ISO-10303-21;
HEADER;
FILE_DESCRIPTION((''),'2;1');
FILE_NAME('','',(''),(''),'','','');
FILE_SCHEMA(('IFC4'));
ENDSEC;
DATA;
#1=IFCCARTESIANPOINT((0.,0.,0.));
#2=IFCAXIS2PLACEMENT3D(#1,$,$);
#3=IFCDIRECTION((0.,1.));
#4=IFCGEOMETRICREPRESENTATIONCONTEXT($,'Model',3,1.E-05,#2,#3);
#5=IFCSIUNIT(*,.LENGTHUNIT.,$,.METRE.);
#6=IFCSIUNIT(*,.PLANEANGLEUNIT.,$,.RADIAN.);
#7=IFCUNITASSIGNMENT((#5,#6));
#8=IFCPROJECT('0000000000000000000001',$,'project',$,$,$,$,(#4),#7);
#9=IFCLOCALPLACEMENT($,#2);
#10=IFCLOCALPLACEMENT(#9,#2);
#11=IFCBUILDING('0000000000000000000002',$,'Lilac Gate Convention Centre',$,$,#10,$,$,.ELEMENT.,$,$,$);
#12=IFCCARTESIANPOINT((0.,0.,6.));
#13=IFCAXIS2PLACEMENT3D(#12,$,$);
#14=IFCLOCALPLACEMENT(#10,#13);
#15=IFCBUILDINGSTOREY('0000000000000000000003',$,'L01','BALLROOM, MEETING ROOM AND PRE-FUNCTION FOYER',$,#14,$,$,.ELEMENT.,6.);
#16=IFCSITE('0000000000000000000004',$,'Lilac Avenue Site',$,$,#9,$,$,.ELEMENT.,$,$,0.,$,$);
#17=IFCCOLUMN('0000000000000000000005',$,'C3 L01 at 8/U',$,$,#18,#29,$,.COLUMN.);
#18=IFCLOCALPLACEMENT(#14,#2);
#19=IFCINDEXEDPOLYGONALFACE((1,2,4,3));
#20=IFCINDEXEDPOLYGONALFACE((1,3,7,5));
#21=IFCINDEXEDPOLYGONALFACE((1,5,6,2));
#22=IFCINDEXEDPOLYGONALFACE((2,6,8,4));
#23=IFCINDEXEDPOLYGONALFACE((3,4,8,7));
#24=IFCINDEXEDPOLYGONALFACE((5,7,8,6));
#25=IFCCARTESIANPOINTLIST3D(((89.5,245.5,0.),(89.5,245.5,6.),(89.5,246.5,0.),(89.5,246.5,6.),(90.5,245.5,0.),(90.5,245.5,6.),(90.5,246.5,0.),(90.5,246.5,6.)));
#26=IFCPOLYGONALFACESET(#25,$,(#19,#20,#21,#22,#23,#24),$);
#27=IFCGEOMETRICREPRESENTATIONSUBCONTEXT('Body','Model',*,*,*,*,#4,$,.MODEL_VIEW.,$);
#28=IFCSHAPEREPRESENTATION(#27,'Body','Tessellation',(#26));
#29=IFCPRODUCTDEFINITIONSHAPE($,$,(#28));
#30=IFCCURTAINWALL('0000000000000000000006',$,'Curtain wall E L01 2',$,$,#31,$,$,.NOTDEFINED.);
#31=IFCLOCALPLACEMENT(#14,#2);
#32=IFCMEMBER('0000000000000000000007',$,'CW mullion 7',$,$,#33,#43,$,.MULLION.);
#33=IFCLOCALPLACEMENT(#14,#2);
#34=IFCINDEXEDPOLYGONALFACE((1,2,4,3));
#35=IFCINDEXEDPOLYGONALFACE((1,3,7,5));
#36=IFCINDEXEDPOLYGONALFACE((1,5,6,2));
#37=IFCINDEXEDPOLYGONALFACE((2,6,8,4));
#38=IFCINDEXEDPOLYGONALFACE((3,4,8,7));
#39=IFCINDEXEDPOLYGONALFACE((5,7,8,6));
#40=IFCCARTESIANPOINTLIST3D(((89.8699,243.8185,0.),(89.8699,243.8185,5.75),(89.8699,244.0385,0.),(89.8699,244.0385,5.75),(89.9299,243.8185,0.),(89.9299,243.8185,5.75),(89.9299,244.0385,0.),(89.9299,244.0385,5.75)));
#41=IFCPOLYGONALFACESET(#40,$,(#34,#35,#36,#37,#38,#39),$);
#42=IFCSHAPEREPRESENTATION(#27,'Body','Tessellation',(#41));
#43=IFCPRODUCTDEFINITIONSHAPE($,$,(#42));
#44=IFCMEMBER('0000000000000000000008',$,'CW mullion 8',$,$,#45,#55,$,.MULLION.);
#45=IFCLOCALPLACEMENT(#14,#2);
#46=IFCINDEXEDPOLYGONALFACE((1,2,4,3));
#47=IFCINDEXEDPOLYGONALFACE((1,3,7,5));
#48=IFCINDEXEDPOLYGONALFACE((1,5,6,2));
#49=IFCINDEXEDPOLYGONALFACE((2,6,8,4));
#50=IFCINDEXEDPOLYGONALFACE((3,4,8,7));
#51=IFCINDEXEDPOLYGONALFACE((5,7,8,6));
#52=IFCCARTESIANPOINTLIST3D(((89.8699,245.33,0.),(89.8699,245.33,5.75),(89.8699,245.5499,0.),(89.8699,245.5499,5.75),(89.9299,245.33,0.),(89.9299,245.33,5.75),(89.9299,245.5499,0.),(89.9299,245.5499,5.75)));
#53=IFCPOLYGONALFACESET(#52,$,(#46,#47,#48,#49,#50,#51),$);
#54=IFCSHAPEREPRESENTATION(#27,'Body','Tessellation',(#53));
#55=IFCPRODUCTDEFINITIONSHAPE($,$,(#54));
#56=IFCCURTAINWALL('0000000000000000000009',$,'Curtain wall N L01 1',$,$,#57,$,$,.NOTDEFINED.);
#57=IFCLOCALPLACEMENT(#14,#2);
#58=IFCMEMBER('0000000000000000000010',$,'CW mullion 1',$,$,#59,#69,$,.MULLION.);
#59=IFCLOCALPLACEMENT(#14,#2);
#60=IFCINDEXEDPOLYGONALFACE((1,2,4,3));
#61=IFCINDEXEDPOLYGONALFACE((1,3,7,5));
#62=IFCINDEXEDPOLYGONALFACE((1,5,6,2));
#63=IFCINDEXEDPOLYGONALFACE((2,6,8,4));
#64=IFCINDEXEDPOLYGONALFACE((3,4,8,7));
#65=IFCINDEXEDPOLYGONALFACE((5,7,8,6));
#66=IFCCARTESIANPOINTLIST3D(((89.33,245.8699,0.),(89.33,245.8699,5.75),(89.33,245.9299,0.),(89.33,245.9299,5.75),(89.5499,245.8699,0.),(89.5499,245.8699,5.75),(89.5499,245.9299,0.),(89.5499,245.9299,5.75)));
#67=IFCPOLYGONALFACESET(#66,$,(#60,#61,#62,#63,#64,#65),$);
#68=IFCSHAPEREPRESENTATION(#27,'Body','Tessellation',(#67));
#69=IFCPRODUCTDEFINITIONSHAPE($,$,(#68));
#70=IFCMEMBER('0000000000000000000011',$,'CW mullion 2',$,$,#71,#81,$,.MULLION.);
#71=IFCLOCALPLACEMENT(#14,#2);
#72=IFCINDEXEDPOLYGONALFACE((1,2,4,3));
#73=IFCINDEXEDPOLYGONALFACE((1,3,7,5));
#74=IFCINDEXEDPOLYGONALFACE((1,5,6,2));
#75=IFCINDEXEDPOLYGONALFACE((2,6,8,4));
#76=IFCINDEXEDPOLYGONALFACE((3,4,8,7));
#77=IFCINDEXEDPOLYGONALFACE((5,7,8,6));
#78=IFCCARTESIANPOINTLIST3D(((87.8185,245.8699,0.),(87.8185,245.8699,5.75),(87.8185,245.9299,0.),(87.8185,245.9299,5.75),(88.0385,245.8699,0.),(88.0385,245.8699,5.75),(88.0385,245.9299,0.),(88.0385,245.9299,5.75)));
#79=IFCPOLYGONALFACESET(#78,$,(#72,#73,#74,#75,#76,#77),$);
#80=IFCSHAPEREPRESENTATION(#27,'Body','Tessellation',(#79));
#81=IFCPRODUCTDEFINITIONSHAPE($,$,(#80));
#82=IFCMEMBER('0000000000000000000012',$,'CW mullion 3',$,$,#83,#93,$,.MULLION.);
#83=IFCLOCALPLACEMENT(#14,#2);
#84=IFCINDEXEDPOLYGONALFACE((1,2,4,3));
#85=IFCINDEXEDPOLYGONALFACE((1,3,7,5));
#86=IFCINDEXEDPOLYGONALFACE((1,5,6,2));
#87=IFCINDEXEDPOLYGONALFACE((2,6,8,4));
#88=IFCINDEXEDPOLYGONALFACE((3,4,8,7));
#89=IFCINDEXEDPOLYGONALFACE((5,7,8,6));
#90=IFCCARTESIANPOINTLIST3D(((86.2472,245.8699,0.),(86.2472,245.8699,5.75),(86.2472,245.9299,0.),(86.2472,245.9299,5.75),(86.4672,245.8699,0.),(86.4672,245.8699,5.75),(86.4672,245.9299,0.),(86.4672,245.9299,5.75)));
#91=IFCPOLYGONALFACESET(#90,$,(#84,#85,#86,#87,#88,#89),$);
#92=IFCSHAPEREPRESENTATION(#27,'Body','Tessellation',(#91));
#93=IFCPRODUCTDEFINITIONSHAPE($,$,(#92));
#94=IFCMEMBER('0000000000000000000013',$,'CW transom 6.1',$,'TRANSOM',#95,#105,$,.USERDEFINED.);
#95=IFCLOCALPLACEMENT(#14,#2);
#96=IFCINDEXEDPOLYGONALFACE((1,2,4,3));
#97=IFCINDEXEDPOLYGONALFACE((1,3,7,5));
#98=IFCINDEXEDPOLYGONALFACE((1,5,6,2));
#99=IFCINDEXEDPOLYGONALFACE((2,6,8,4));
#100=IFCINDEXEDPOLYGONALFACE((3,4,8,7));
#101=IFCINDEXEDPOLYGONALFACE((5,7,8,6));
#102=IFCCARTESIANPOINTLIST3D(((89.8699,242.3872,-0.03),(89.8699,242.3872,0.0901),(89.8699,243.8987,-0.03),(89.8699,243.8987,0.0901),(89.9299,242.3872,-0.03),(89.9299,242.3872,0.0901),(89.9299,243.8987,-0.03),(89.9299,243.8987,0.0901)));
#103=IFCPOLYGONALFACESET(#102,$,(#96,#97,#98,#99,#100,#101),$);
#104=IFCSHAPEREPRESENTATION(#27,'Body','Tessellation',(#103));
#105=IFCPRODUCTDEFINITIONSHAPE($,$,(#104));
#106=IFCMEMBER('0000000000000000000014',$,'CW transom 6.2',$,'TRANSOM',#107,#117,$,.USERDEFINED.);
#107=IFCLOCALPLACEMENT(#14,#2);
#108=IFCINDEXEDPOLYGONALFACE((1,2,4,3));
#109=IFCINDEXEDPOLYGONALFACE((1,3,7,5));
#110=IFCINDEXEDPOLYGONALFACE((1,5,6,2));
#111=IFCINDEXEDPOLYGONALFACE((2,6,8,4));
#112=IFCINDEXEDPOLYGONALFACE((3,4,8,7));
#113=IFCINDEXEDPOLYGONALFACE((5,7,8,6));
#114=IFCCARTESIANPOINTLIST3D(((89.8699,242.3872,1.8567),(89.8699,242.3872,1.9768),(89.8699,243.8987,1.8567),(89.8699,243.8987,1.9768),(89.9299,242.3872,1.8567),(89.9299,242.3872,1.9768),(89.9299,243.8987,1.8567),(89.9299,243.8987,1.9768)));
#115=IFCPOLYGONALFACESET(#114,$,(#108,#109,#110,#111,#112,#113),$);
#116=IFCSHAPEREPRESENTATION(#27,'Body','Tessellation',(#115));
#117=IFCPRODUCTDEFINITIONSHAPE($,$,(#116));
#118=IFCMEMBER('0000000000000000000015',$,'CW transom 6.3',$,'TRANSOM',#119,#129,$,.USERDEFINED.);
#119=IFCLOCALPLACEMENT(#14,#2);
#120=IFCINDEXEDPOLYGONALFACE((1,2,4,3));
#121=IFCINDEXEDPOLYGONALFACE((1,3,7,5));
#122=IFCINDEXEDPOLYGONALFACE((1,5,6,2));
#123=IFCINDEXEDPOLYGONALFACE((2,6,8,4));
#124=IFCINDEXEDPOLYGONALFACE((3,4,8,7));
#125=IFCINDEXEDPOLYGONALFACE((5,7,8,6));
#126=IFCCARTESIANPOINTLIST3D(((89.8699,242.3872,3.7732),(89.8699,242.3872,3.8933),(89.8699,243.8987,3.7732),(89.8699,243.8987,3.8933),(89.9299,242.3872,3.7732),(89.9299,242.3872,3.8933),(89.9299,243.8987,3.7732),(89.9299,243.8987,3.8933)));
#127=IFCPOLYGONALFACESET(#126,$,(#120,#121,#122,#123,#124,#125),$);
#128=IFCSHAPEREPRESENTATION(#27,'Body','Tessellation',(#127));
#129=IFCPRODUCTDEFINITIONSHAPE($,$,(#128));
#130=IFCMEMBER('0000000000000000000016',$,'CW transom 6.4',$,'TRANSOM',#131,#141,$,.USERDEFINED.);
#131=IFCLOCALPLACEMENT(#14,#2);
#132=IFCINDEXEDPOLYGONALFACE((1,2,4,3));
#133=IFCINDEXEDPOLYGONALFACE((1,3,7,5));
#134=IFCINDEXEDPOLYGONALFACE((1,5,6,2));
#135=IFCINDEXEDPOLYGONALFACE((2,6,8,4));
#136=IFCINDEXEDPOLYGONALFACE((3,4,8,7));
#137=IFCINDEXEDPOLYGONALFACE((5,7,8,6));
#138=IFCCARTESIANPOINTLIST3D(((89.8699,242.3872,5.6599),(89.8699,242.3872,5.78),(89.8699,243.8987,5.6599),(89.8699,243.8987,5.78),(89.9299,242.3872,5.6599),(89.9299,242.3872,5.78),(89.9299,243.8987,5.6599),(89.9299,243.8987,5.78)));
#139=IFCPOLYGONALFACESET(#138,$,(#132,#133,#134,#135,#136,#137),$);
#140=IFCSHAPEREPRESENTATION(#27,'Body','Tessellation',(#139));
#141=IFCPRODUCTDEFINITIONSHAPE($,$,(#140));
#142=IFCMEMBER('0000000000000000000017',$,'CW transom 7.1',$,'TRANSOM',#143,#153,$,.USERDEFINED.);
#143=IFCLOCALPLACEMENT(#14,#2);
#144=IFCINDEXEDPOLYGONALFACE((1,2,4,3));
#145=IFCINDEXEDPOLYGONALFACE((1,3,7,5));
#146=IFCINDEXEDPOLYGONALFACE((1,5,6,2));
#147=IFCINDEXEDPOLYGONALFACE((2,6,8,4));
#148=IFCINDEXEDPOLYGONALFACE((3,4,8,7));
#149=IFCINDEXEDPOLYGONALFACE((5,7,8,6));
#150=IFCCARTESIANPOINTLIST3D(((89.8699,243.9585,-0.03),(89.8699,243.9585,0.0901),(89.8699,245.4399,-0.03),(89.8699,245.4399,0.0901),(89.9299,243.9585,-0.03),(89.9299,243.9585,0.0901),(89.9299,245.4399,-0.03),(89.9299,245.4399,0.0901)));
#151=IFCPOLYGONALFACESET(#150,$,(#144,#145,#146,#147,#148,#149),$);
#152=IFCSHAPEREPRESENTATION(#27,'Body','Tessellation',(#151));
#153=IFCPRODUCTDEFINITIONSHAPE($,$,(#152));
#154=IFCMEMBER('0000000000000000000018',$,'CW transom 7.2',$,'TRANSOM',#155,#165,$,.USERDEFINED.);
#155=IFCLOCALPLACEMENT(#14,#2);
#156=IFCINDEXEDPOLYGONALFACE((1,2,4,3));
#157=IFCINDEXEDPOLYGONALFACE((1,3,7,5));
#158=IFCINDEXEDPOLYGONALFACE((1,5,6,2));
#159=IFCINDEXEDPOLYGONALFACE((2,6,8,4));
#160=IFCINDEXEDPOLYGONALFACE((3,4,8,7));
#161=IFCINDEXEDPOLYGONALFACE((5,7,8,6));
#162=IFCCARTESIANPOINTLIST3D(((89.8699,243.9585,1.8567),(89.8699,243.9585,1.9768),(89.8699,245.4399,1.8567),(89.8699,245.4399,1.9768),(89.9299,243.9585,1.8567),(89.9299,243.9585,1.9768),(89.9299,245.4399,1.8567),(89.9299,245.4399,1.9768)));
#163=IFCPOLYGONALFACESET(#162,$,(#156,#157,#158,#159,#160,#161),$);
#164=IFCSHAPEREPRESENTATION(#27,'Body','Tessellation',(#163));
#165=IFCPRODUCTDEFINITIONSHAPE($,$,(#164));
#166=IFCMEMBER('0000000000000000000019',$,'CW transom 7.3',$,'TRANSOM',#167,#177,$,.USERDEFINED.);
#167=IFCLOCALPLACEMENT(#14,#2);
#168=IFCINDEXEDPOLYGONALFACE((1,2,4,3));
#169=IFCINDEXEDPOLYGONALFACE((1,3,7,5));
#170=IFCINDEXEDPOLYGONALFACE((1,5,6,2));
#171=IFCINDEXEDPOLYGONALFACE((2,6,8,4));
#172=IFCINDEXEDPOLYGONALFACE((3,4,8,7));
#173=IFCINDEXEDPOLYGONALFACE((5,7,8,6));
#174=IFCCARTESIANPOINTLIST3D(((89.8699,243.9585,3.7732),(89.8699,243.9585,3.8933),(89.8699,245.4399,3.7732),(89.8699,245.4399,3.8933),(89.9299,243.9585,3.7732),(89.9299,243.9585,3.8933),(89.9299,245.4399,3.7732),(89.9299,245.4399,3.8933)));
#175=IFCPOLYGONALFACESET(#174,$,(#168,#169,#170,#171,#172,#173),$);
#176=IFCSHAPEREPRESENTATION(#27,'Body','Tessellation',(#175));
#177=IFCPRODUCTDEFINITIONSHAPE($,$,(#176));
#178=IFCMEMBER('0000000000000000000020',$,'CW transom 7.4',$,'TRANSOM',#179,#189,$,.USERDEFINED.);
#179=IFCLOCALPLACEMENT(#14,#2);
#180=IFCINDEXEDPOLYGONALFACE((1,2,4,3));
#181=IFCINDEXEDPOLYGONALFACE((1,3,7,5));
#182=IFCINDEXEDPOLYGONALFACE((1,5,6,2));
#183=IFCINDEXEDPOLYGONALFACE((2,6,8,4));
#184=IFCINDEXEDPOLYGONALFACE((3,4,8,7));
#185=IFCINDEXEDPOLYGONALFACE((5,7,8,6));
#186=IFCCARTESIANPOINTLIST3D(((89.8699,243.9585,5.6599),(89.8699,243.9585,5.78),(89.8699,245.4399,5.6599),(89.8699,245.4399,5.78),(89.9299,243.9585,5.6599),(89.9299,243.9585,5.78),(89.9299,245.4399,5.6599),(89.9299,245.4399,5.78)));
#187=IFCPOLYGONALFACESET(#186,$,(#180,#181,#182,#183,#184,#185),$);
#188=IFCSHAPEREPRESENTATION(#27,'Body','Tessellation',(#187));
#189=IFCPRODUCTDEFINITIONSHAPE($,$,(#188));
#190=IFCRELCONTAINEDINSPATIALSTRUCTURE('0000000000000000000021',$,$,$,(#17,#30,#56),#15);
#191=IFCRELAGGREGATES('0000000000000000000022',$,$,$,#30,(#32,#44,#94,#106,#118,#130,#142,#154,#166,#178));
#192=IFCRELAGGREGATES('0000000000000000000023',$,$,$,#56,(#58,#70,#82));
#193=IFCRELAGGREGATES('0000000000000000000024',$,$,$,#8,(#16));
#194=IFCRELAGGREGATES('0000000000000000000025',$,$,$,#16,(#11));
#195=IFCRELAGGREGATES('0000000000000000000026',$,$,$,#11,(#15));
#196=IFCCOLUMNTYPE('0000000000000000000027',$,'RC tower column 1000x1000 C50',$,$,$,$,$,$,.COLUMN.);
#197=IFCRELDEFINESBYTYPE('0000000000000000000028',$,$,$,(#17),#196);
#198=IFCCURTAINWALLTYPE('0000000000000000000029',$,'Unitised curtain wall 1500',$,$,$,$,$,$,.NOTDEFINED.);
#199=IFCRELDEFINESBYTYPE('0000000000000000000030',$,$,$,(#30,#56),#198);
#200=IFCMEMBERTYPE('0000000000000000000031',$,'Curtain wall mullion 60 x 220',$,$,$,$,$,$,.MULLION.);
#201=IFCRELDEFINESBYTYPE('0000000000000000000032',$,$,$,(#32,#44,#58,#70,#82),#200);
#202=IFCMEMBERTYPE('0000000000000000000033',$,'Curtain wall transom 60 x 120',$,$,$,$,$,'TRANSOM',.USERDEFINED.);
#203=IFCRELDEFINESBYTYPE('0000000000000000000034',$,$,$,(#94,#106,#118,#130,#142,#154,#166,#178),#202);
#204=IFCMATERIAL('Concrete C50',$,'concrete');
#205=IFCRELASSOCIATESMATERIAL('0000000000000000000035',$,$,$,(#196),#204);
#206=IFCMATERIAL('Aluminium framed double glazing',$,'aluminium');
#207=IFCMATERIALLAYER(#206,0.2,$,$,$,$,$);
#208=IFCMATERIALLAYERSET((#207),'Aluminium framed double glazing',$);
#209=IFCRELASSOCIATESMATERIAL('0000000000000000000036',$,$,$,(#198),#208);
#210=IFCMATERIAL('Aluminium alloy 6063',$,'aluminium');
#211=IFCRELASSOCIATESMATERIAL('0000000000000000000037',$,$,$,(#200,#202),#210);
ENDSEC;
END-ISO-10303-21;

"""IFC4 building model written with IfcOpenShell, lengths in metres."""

from ifc_helpers import new_model, si_unit, direction, frame, origin, origin_2d, place, context, subcontext, project, spatial, rectangle, extrude, material, layer, layer_set, material_profile, profile_set, type_object, element, aggregate, save


model = new_model("IFC4")

# Units and contexts
model_context = context("Model", 3, precision=1e-05, world=origin(), true_north=direction((0.0, 1.0)))
body_context = subcontext(model_context, "Body", "Model", "MODEL_VIEW")
ifc_project = project(units=[si_unit("LENGTHUNIT", "METRE"), si_unit("PLANEANGLEUNIT", "RADIAN")], contexts=[model_context])

# Site, building, storey
site_placement = place(None, origin())
site = spatial("IfcSite", under=ifc_project, at=site_placement, Name="Lilac Avenue Site", CompositionType="ELEMENT", RefElevation=0.0)
building_placement = place(site_placement, origin())
building = spatial("IfcBuilding", under=site, at=building_placement, Name="Lilac Gate Convention Centre", CompositionType="ELEMENT")
storey_placement = place(building_placement, frame((0.0, 0.0, 6.0)))
storey = spatial("IfcBuildingStorey", under=building, at=storey_placement, Name="L01", Description="BALLROOM, MEETING ROOM AND PRE-FUNCTION FOYER", CompositionType="ELEMENT", Elevation=6.0)

# Column
ifc_material_1 = material(Name="Concrete C50", Category="concrete")
ifc_material_profile_1 = material_profile(ifc_material_1, rectangle(XDim=1.0, YDim=1.0, at=origin_2d()), Name="RC 1000x1000")
ifc_profile_set_1 = profile_set([ifc_material_profile_1], Name="Concrete C50")
column_type = type_object("IfcColumnType", Name="RC tower column 1000x1000 C50", PredefinedType="COLUMN", material=ifc_profile_set_1)
column_placement = place(storey_placement, frame((90.0, 246.0, 0.0), z_axis=(0.0, 0.0, 1.0), x_axis=(1.0, 0.0, 0.0)))
element("IfcColumn", 1, at=column_placement, inside=storey, type_object=column_type, Name="C3 L01 at 8/U", PredefinedType="COLUMN", context=body_context, shape_type="SweptSolid", body=[
    extrude(rectangle(XDim=1.0, YDim=1.0, at=origin_2d()), origin(), (0.0, 0.0, 1.0), 6.0),
])

# Curtain walls, members
ifc_material_2 = material(Name="Aluminium framed double glazing", Category="aluminium")
ifc_layer_1 = layer(ifc_material_2, 0.2)
ifc_layer_set_1 = layer_set([ifc_layer_1], Name="Aluminium framed double glazing")
curtain_wall_type = type_object("IfcCurtainWallType", Name="Unitised curtain wall 1500", PredefinedType="NOTDEFINED", material=ifc_layer_set_1)
curtain_wall_1_placement = place(storey_placement, origin())
curtain_wall_1 = element("IfcCurtainWall", 2, at=curtain_wall_1_placement, inside=storey, type_object=curtain_wall_type, Name="Curtain wall E L01 2", PredefinedType="NOTDEFINED")
ifc_material_3 = material(Name="Aluminium alloy 6063", Category="aluminium")
ifc_material_profile_2 = material_profile(ifc_material_3, rectangle(XDim=0.0601, YDim=0.22, at=origin_2d()), Name="Curtain wall mullion 60 x 220")
ifc_profile_set_2 = profile_set([ifc_material_profile_2], Name="Aluminium alloy 6063")
member_type_1 = type_object("IfcMemberType", Name="Curtain wall mullion 60 x 220", PredefinedType="MULLION", material=ifc_profile_set_2)
member_1_placement = place(storey_placement, frame((89.8999, 243.9285, 0.0), z_axis=(0.0, 0.0, 1.0), x_axis=(-1.0, 0.0, 0.0)))
member_1 = element("IfcMember", 3, at=member_1_placement, type_object=member_type_1, Name="CW mullion 7", PredefinedType="MULLION", context=body_context, shape_type="SweptSolid", body=[
    extrude(rectangle(XDim=0.0601, YDim=0.22, at=origin_2d()), origin(), (0.0, 0.0, 1.0), 5.75),
])
member_2_placement = place(storey_placement, frame((89.8999, 245.4399, 0.0), z_axis=(0.0, 0.0, 1.0), x_axis=(-1.0, 0.0, 0.0)))
member_2 = element("IfcMember", 4, at=member_2_placement, type_object=member_type_1, Name="CW mullion 8", PredefinedType="MULLION", context=body_context, shape_type="SweptSolid", body=[
    extrude(rectangle(XDim=0.0601, YDim=0.22, at=origin_2d()), origin(), (0.0, 0.0, 1.0), 5.75),
])
curtain_wall_2_placement = place(storey_placement, origin())
curtain_wall_2 = element("IfcCurtainWall", 5, at=curtain_wall_2_placement, inside=storey, type_object=curtain_wall_type, Name="Curtain wall N L01 1", PredefinedType="NOTDEFINED")
member_3_placement = place(storey_placement, frame((89.4399, 245.8999, 0.0), z_axis=(0.0, 0.0, 1.0), x_axis=(0.0, -1.0, 0.0)))
member_3 = element("IfcMember", 6, at=member_3_placement, type_object=member_type_1, Name="CW mullion 1", PredefinedType="MULLION", context=body_context, shape_type="SweptSolid", body=[
    extrude(rectangle(XDim=0.0601, YDim=0.22, at=origin_2d()), origin(), (0.0, 0.0, 1.0), 5.75),
])
member_4_placement = place(storey_placement, frame((87.9285, 245.8999, 0.0), z_axis=(0.0, 0.0, 1.0), x_axis=(0.0, -1.0, 0.0)))
member_4 = element("IfcMember", 7, at=member_4_placement, type_object=member_type_1, Name="CW mullion 2", PredefinedType="MULLION", context=body_context, shape_type="SweptSolid", body=[
    extrude(rectangle(XDim=0.0601, YDim=0.22, at=origin_2d()), origin(), (0.0, 0.0, 1.0), 5.75),
])
member_5_placement = place(storey_placement, frame((86.3572, 245.8999, 0.0), z_axis=(0.0, 0.0, 1.0), x_axis=(0.0, -1.0, 0.0)))
member_5 = element("IfcMember", 8, at=member_5_placement, type_object=member_type_1, Name="CW mullion 3", PredefinedType="MULLION", context=body_context, shape_type="SweptSolid", body=[
    extrude(rectangle(XDim=0.0601, YDim=0.22, at=origin_2d()), origin(), (0.0, 0.0, 1.0), 5.75),
])

# Members
ifc_material_profile_3 = material_profile(ifc_material_3, rectangle(XDim=0.0601, YDim=0.1201, at=origin_2d()), Name="Curtain wall transom 60 x 120")
ifc_profile_set_3 = profile_set([ifc_material_profile_3], Name="Aluminium alloy 6063")
member_type_2 = type_object("IfcMemberType", Name="Curtain wall transom 60 x 120", ElementType="TRANSOM", PredefinedType="USERDEFINED", material=ifc_profile_set_3)
member_6_placement = place(storey_placement, frame((89.8999, 242.3872, 0.03), z_axis=(0.0, 1.0, 0.0), x_axis=(-1.0, 0.0, 0.0)))
member_6 = element("IfcMember", 9, at=member_6_placement, type_object=member_type_2, Name="CW transom 6.1", ObjectType="TRANSOM", PredefinedType="USERDEFINED", context=body_context, shape_type="SweptSolid", body=[
    extrude(rectangle(XDim=0.0601, YDim=0.1201, at=origin_2d()), origin(), (0.0, 0.0, 1.0), 1.5115),
])
member_7_placement = place(storey_placement, frame((89.8999, 242.3872, 1.9167), z_axis=(0.0, 1.0, 0.0), x_axis=(-1.0, 0.0, 0.0)))
member_7 = element("IfcMember", 10, at=member_7_placement, type_object=member_type_2, Name="CW transom 6.2", ObjectType="TRANSOM", PredefinedType="USERDEFINED", context=body_context, shape_type="SweptSolid", body=[
    extrude(rectangle(XDim=0.0601, YDim=0.1201, at=origin_2d()), origin(), (0.0, 0.0, 1.0), 1.5115),
])
member_8_placement = place(storey_placement, frame((89.8999, 242.3872, 3.8333), z_axis=(0.0, 1.0, 0.0), x_axis=(-1.0, 0.0, 0.0)))
member_8 = element("IfcMember", 11, at=member_8_placement, type_object=member_type_2, Name="CW transom 6.3", ObjectType="TRANSOM", PredefinedType="USERDEFINED", context=body_context, shape_type="SweptSolid", body=[
    extrude(rectangle(XDim=0.0601, YDim=0.1201, at=origin_2d()), origin(), (0.0, 0.0, 1.0), 1.5115),
])
member_9_placement = place(storey_placement, frame((89.8999, 242.3872, 5.72), z_axis=(0.0, 1.0, 0.0), x_axis=(-1.0, 0.0, 0.0)))
member_9 = element("IfcMember", 12, at=member_9_placement, type_object=member_type_2, Name="CW transom 6.4", ObjectType="TRANSOM", PredefinedType="USERDEFINED", context=body_context, shape_type="SweptSolid", body=[
    extrude(rectangle(XDim=0.0601, YDim=0.1201, at=origin_2d()), origin(), (0.0, 0.0, 1.0), 1.5115),
])
member_10_placement = place(storey_placement, frame((89.8999, 243.9585, 0.03), z_axis=(0.0, 1.0, 0.0), x_axis=(-1.0, 0.0, 0.0)))
member_10 = element("IfcMember", 13, at=member_10_placement, type_object=member_type_2, Name="CW transom 7.1", ObjectType="TRANSOM", PredefinedType="USERDEFINED", context=body_context, shape_type="SweptSolid", body=[
    extrude(rectangle(XDim=0.0601, YDim=0.1201, at=origin_2d()), origin(), (0.0, 0.0, 1.0), 1.4814),
])
member_11_placement = place(storey_placement, frame((89.8999, 243.9585, 1.9167), z_axis=(0.0, 1.0, 0.0), x_axis=(-1.0, 0.0, 0.0)))
member_11 = element("IfcMember", 14, at=member_11_placement, type_object=member_type_2, Name="CW transom 7.2", ObjectType="TRANSOM", PredefinedType="USERDEFINED", context=body_context, shape_type="SweptSolid", body=[
    extrude(rectangle(XDim=0.0601, YDim=0.1201, at=origin_2d()), origin(), (0.0, 0.0, 1.0), 1.4814),
])
member_12_placement = place(storey_placement, frame((89.8999, 243.9585, 3.8333), z_axis=(0.0, 1.0, 0.0), x_axis=(-1.0, 0.0, 0.0)))
member_12 = element("IfcMember", 15, at=member_12_placement, type_object=member_type_2, Name="CW transom 7.3", ObjectType="TRANSOM", PredefinedType="USERDEFINED", context=body_context, shape_type="SweptSolid", body=[
    extrude(rectangle(XDim=0.0601, YDim=0.1201, at=origin_2d()), origin(), (0.0, 0.0, 1.0), 1.4814),
])
member_13_placement = place(storey_placement, frame((89.8999, 243.9585, 5.72), z_axis=(0.0, 1.0, 0.0), x_axis=(-1.0, 0.0, 0.0)))
member_13 = element("IfcMember", 16, at=member_13_placement, type_object=member_type_2, Name="CW transom 7.4", ObjectType="TRANSOM", PredefinedType="USERDEFINED", context=body_context, shape_type="SweptSolid", body=[
    extrude(rectangle(XDim=0.0601, YDim=0.1201, at=origin_2d()), origin(), (0.0, 0.0, 1.0), 1.4814),
])

aggregate(curtain_wall_1, [member_1, member_2, member_6, member_7, member_8, member_9, member_10, member_11, member_12, member_13])
aggregate(curtain_wall_2, [member_3, member_4, member_5])

save(model, "model.ifc")
